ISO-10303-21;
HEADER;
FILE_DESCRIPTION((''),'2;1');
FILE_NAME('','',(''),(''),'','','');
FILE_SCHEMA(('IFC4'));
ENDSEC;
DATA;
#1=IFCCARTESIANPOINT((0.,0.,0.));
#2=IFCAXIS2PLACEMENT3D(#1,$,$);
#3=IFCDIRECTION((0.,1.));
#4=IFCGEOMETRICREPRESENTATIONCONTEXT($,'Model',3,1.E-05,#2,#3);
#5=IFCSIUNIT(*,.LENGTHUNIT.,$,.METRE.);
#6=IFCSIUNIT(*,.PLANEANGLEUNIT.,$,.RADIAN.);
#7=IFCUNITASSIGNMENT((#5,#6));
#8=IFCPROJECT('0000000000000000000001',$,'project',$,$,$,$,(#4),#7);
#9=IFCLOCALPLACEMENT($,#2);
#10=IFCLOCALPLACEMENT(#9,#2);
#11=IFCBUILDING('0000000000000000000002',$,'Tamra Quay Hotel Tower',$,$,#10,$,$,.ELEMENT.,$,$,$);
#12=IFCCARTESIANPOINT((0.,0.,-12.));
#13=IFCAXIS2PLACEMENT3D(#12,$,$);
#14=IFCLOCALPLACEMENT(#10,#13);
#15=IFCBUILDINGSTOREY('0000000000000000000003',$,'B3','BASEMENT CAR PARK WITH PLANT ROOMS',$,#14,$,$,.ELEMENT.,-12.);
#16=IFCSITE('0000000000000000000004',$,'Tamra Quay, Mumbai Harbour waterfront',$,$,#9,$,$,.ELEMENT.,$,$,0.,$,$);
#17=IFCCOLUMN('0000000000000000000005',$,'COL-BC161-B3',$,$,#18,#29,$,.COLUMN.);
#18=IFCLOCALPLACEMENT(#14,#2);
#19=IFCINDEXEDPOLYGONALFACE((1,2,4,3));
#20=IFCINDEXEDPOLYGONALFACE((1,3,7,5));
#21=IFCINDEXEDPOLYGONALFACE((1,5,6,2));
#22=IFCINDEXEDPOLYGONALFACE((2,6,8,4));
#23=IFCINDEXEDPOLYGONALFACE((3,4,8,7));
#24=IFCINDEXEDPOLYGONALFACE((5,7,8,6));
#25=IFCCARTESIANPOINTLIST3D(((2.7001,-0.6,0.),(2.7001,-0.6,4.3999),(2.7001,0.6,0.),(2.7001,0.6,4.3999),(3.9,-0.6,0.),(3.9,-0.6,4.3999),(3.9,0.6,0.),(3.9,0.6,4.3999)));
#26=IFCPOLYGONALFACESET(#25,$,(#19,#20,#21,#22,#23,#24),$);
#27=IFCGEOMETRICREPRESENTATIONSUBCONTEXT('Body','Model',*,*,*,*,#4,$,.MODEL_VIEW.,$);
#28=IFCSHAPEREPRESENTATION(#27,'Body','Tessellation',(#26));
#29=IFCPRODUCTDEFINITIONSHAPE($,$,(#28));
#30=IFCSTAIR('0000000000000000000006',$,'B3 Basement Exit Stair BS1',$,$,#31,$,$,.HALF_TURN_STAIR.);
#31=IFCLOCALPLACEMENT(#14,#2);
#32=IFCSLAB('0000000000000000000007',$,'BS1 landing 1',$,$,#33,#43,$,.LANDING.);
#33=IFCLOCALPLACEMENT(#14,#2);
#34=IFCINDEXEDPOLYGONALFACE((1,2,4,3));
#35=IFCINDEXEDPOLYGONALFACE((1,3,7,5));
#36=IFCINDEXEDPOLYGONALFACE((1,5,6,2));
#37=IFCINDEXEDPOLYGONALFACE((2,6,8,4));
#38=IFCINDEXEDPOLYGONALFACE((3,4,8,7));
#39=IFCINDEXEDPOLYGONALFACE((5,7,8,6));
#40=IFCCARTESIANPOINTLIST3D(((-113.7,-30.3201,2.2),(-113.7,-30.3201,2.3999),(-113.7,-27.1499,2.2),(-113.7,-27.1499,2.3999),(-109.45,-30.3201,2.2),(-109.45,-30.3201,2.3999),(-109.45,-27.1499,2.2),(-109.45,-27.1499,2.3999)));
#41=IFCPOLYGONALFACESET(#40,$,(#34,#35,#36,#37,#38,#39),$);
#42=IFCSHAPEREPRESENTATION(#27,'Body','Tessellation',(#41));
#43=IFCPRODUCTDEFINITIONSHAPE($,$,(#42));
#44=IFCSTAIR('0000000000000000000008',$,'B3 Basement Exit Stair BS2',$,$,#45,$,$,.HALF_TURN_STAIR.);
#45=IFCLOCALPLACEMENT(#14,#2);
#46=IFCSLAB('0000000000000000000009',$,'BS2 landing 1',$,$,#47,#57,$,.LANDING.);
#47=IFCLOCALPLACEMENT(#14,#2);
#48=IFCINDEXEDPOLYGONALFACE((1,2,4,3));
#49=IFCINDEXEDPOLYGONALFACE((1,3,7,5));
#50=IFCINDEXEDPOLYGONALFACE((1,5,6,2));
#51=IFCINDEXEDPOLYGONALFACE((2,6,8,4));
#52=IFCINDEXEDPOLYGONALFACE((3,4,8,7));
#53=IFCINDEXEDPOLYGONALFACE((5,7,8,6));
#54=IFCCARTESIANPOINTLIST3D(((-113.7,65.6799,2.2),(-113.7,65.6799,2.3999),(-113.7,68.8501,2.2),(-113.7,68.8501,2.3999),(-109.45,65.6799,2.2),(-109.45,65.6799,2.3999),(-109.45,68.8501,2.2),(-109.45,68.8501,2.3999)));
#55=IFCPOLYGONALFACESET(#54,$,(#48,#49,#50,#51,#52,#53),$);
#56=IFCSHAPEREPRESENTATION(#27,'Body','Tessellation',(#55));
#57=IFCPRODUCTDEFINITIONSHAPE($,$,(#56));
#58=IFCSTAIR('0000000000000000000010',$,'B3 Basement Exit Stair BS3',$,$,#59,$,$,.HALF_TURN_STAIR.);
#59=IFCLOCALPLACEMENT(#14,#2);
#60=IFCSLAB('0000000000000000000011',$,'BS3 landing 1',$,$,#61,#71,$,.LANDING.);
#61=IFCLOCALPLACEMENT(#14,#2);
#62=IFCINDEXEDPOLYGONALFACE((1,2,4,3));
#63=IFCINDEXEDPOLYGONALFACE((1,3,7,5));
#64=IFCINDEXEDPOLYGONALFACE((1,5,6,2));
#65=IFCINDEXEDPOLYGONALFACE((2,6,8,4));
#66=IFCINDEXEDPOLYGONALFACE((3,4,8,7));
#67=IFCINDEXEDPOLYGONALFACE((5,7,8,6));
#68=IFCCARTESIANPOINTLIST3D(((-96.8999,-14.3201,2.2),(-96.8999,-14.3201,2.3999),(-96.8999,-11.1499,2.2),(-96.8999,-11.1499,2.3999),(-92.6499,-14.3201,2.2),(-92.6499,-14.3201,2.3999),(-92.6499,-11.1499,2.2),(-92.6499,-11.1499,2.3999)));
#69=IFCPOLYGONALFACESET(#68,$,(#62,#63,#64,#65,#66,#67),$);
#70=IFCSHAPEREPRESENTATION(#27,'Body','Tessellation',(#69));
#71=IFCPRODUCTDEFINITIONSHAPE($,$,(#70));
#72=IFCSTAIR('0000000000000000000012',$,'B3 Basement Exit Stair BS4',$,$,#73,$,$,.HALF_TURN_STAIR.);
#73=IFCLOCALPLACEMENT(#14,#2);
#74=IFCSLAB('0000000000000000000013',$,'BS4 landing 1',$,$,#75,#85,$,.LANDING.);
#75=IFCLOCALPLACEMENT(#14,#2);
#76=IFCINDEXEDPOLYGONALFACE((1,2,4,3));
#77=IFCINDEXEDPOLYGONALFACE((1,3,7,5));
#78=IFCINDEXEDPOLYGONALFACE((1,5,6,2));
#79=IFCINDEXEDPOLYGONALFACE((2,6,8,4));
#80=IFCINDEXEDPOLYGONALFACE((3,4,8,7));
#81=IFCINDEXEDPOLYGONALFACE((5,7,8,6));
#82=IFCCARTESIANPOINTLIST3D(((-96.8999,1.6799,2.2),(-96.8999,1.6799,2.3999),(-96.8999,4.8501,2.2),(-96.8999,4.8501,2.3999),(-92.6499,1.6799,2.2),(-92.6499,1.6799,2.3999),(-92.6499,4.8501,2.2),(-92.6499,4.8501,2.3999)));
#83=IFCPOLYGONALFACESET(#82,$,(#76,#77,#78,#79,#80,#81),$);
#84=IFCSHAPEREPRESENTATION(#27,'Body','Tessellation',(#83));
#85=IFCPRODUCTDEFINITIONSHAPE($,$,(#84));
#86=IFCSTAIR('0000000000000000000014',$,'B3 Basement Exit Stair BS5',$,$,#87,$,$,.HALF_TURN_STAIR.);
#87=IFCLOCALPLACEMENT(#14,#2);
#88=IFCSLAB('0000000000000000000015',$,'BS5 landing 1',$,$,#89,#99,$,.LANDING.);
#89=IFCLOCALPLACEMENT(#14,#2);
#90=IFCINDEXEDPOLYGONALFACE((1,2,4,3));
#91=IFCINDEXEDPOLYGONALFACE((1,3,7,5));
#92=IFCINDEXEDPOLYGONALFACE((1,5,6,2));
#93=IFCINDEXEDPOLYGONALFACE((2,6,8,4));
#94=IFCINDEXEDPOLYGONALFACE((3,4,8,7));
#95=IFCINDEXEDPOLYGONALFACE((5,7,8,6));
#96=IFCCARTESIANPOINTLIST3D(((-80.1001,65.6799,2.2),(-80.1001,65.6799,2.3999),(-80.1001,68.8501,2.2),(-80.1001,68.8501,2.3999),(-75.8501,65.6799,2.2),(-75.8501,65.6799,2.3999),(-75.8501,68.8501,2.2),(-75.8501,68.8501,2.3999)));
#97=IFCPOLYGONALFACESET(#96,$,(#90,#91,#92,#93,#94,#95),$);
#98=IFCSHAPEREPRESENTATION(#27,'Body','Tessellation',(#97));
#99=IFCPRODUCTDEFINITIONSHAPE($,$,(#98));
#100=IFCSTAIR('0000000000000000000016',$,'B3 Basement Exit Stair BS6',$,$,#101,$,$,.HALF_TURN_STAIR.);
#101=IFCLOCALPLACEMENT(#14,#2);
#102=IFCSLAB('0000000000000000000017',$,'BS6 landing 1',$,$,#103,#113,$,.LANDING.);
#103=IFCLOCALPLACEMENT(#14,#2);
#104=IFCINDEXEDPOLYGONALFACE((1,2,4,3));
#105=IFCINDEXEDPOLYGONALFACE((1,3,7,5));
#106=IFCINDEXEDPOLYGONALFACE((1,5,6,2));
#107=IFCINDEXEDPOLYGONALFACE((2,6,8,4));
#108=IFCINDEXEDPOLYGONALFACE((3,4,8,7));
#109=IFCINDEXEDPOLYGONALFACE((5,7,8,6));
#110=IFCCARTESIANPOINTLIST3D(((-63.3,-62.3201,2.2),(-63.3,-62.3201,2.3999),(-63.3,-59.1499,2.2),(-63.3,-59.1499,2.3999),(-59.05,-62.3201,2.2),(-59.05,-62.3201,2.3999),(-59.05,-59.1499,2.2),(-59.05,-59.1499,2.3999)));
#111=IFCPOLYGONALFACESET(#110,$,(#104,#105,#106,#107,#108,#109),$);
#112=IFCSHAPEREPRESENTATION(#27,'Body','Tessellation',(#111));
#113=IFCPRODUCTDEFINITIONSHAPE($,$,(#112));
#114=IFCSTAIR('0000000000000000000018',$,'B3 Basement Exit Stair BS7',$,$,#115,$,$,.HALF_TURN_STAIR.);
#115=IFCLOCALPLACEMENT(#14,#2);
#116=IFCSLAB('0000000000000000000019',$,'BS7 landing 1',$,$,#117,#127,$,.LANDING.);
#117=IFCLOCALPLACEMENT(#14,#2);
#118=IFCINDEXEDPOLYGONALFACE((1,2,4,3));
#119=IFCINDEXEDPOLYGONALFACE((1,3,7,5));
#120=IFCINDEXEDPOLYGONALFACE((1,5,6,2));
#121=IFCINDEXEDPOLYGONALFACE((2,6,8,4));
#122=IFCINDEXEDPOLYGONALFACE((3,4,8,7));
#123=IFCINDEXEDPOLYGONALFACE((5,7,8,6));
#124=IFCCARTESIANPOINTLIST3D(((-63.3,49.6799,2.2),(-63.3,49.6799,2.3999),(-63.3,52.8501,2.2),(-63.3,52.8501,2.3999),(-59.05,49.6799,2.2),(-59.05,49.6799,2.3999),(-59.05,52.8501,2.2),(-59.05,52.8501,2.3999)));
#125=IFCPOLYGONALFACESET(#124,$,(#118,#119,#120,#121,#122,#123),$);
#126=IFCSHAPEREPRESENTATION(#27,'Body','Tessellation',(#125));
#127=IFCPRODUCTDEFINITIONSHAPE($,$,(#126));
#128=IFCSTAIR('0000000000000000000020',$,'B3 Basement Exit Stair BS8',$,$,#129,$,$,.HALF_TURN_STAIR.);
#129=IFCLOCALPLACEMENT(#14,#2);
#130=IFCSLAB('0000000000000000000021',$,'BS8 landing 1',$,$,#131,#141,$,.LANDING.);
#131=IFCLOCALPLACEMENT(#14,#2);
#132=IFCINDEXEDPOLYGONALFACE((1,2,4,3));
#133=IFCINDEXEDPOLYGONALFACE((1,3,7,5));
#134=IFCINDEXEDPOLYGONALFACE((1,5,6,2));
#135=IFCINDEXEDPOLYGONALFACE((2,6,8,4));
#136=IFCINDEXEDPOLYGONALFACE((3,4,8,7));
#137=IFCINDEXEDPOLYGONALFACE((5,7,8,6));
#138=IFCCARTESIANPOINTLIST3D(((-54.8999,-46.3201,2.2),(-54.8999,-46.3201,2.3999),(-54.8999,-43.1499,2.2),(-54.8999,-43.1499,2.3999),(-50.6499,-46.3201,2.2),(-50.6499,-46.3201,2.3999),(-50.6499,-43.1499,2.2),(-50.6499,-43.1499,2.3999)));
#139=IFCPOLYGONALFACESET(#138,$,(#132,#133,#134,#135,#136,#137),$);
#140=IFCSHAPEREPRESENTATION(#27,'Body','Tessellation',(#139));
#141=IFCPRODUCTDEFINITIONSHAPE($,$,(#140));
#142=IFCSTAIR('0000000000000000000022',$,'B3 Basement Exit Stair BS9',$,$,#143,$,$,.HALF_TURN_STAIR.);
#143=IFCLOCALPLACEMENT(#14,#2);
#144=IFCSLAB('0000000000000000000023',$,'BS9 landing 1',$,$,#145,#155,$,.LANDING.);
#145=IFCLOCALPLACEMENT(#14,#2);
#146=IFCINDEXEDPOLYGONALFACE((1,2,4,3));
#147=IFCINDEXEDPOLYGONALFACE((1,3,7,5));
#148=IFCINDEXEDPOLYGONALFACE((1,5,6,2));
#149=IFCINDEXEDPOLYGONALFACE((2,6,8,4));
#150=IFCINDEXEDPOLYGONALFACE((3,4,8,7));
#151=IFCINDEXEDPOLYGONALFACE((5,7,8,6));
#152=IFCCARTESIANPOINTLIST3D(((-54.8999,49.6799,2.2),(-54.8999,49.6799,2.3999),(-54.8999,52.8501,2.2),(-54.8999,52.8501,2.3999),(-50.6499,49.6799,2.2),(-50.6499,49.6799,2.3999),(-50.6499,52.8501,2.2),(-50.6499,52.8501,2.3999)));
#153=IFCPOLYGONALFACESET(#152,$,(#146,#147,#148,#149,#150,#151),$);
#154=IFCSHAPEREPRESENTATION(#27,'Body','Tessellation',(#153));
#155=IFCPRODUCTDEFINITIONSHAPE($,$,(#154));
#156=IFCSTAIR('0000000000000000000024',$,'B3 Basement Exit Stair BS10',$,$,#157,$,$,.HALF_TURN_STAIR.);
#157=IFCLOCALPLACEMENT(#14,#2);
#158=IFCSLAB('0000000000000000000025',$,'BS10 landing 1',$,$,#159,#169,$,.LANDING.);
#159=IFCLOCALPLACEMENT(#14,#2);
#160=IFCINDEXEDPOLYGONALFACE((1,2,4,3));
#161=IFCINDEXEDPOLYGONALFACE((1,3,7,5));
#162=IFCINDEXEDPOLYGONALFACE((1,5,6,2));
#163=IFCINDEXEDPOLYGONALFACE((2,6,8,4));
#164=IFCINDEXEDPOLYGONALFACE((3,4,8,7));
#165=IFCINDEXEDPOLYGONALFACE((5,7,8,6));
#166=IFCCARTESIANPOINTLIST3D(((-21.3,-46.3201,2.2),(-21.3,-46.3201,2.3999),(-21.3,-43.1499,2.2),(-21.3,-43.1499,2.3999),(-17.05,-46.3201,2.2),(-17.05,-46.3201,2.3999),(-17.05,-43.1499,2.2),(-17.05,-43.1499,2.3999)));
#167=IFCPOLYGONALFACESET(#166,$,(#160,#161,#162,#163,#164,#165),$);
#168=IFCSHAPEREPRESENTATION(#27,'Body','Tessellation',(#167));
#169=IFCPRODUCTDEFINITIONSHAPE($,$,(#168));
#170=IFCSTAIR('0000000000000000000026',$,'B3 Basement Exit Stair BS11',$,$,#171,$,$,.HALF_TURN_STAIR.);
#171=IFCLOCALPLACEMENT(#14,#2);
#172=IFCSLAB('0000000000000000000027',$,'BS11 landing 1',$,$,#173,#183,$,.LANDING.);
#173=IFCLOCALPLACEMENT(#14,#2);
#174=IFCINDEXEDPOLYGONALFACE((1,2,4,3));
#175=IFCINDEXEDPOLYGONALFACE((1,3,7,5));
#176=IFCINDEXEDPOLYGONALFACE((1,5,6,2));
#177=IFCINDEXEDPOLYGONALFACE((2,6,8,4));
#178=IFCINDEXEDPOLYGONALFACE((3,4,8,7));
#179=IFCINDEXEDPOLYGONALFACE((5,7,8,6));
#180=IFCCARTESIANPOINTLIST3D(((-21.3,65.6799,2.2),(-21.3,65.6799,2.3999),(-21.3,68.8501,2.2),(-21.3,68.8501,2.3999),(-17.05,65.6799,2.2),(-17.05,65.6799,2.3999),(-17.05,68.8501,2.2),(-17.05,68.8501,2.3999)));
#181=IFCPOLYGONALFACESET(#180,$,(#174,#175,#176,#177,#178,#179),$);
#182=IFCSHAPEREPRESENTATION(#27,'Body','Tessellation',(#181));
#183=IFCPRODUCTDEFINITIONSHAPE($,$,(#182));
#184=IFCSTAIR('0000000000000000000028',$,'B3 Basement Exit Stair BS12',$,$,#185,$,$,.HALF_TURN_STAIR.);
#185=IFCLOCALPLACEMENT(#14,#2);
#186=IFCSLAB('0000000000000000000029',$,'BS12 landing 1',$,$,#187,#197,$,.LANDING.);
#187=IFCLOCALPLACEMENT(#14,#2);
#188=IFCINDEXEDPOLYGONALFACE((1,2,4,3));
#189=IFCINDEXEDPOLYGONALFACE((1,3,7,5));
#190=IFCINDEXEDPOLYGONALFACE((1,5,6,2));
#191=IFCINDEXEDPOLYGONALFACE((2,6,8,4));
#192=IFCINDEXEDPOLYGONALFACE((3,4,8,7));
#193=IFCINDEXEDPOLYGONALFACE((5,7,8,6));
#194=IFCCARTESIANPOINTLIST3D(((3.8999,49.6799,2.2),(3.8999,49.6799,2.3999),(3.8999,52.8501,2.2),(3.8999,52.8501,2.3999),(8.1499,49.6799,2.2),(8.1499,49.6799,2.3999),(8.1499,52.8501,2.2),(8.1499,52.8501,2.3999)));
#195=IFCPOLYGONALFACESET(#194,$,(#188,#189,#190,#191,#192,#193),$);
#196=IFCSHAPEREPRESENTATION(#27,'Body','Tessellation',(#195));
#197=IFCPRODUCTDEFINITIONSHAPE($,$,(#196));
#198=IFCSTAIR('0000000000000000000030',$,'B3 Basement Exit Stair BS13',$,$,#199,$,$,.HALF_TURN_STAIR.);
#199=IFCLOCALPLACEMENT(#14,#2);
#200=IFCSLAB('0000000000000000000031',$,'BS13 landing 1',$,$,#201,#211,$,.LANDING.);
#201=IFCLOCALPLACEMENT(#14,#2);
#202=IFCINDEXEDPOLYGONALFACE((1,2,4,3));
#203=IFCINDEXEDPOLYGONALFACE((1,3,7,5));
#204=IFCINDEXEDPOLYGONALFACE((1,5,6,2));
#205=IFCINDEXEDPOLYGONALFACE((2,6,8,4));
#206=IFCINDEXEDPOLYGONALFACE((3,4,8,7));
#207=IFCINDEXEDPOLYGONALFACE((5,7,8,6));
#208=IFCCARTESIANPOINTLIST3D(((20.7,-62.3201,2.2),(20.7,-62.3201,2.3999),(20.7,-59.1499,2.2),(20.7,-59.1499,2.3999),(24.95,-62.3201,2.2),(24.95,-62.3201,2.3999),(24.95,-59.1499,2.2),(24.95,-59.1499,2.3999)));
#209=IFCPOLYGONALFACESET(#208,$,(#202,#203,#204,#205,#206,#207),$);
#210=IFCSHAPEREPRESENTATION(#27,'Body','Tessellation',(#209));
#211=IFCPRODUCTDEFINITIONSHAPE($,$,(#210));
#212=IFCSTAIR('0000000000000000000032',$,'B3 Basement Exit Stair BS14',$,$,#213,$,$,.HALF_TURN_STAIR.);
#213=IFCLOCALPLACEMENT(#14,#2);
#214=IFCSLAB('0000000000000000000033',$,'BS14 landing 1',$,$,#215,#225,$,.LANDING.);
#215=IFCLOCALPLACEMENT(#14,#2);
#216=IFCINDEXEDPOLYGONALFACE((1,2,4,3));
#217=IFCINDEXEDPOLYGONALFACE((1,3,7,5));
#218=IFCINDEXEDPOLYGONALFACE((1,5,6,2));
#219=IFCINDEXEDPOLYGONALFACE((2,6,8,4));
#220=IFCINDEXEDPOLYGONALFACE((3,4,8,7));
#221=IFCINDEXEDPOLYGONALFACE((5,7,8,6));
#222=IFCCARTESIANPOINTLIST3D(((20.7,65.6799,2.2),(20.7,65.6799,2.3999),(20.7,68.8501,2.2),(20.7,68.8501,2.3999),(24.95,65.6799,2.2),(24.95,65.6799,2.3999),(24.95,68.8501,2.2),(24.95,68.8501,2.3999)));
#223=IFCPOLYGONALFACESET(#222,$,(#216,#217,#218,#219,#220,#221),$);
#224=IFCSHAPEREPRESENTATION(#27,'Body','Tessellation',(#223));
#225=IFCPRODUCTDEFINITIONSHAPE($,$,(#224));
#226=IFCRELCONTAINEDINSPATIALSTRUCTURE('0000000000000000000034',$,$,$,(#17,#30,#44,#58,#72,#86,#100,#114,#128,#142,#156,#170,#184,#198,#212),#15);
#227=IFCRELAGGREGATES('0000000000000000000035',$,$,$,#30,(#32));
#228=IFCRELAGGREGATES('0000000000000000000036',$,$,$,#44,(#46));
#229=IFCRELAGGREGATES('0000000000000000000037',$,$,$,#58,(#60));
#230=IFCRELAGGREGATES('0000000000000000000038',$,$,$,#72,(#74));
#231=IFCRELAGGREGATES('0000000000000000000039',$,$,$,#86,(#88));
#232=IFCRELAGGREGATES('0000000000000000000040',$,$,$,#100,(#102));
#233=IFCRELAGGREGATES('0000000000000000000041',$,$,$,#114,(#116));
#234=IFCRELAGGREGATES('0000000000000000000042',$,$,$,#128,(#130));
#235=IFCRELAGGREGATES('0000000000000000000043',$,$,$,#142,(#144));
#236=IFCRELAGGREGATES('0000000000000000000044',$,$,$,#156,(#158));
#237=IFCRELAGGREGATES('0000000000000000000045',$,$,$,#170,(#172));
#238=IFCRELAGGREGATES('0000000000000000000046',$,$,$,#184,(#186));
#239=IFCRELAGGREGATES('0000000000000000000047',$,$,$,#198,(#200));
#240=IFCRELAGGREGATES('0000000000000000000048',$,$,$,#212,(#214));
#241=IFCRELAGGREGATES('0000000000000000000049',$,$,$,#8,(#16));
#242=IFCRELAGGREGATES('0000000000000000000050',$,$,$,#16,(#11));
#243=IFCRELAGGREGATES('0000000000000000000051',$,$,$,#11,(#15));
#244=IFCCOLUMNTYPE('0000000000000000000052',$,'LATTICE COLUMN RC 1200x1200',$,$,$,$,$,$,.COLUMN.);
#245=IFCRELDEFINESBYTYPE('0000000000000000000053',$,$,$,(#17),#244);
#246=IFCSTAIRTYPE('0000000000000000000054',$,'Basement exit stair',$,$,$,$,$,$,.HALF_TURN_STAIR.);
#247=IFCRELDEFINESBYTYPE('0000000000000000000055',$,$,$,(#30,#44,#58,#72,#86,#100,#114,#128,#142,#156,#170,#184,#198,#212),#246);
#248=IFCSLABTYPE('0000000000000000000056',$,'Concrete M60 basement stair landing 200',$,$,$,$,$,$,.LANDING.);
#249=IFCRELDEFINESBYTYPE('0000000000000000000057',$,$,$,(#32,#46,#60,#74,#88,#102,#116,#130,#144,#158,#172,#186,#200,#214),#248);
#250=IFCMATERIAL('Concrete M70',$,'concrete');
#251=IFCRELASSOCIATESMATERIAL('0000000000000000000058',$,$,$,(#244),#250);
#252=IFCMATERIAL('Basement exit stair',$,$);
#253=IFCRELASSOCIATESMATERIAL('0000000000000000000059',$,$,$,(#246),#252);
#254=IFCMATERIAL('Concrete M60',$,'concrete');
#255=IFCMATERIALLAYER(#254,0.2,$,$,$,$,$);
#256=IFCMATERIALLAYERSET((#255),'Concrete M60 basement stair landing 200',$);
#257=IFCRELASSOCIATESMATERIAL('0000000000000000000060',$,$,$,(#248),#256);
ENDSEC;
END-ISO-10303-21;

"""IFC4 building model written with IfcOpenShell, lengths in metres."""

from ifc_helpers import new_model, si_unit, direction, frame, origin, origin_2d, place, context, subcontext, project, spatial, polyline, rectangle, outline, extrude, material, layer, layer_set, material_profile, profile_set, type_object, element, aggregate, save


model = new_model("IFC4")

# Units and contexts
model_context = context("Model", 3, precision=1e-05, world=origin(), true_north=direction((0.0, 1.0)))
body_context = subcontext(model_context, "Body", "Model", "MODEL_VIEW")
ifc_project = project(units=[si_unit("LENGTHUNIT", "METRE"), si_unit("PLANEANGLEUNIT", "RADIAN")], contexts=[model_context])

# Site, building, storey
site_placement = place(None, origin())
site = spatial("IfcSite", under=ifc_project, at=site_placement, Name="Tamra Quay, Mumbai Harbour waterfront", CompositionType="ELEMENT", RefElevation=0.0)
building_placement = place(site_placement, origin())
building = spatial("IfcBuilding", under=site, at=building_placement, Name="Tamra Quay Hotel Tower", CompositionType="ELEMENT")
storey_placement = place(building_placement, frame((0.0, 0.0, -12.0)))
storey = spatial("IfcBuildingStorey", under=building, at=storey_placement, Name="B3", Description="BASEMENT CAR PARK WITH PLANT ROOMS", CompositionType="ELEMENT", Elevation=-12.0)

# Column
ifc_material_1 = material(Name="Concrete M70", Category="concrete")
ifc_material_profile = material_profile(ifc_material_1, rectangle(XDim=1.2, YDim=1.2, at=origin_2d()), Name="LATTICE COLUMN RC 1200x1200")
ifc_profile_set = profile_set([ifc_material_profile], Name="Concrete M70")
column_type = type_object("IfcColumnType", Name="LATTICE COLUMN RC 1200x1200", PredefinedType="COLUMN", material=ifc_profile_set)
column_placement = place(storey_placement, frame((3.3, 0.0, 0.0), z_axis=(0.0, 0.0, 1.0), x_axis=(1.0, 0.0, 0.0)))
element("IfcColumn", 1, at=column_placement, inside=storey, type_object=column_type, Name="COL-BC161-B3", PredefinedType="COLUMN", context=body_context, shape_type="SweptSolid", body=[
    extrude(rectangle(XDim=1.2, YDim=1.2, at=origin_2d()), origin(), (0.0, 0.0, 1.0), 4.3999),
])

# Shared definitions
ifc_material_2 = material(Name="Concrete M60", Category="concrete")

# Stairs, slabs
ifc_material_3 = material(Name="Basement exit stair")
stair_type_1 = type_object("IfcStairType", Name="Basement exit stair", PredefinedType="HALF_TURN_STAIR", material=ifc_material_3)
stair_1_placement = place(storey_placement, origin())
stair_1 = element("IfcStair", 2, at=stair_1_placement, inside=storey, type_object=stair_type_1, Name="B3 Basement Exit Stair BS1", PredefinedType="HALF_TURN_STAIR")
ifc_layer_1 = layer(ifc_material_2, 0.2)
ifc_layer_set_1 = layer_set([ifc_layer_1], Name="Concrete M60 basement stair landing 200")
slab_type_1 = type_object("IfcSlabType", Name="Concrete M60 basement stair landing 200", PredefinedType="LANDING", material=ifc_layer_set_1)
slab_1_placement = place(storey_placement, frame((0.0, 0.0, 2.2)))
slab_1 = element("IfcSlab", 3, at=slab_1_placement, type_object=slab_type_1, Name="BS1 landing 1", PredefinedType="LANDING", context=body_context, shape_type="SweptSolid", body=[
    extrude(outline(polyline([(-109.45, -30.3201), (-109.45, -27.1499), (-113.7, -27.1499), (-113.7, -30.3201), (-109.45, -30.3201)])), origin(), (0.0, 0.0, 1.0), 0.2),
])
aggregate(stair_1, [slab_1])
stair_2_placement = place(storey_placement, origin())
stair_2 = element("IfcStair", 4, at=stair_2_placement, inside=storey, type_object=stair_type_1, Name="B3 Basement Exit Stair BS2", PredefinedType="HALF_TURN_STAIR")
slab_2_placement = place(storey_placement, frame((0.0, 0.0, 2.2)))
slab_2 = element("IfcSlab", 5, at=slab_2_placement, type_object=slab_type_1, Name="BS2 landing 1", PredefinedType="LANDING", context=body_context, shape_type="SweptSolid", body=[
    extrude(outline(polyline([(-109.45, 65.6799), (-109.45, 68.8501), (-113.7, 68.8501), (-113.7, 65.6799), (-109.45, 65.6799)])), origin(), (0.0, 0.0, 1.0), 0.2),
])
aggregate(stair_2, [slab_2])
stair_3_placement = place(storey_placement, origin())
stair_3 = element("IfcStair", 6, at=stair_3_placement, inside=storey, type_object=stair_type_1, Name="B3 Basement Exit Stair BS3", PredefinedType="HALF_TURN_STAIR")
slab_3_placement = place(storey_placement, frame((0.0, 0.0, 2.2)))
slab_3 = element("IfcSlab", 7, at=slab_3_placement, type_object=slab_type_1, Name="BS3 landing 1", PredefinedType="LANDING", context=body_context, shape_type="SweptSolid", body=[
    extrude(outline(polyline([(-92.6499, -14.3201), (-92.6499, -11.1499), (-96.8999, -11.1499), (-96.8999, -14.3201), (-92.6499, -14.3201)])), origin(), (0.0, 0.0, 1.0), 0.2),
])
aggregate(stair_3, [slab_3])
stair_4_placement = place(storey_placement, origin())
stair_4 = element("IfcStair", 8, at=stair_4_placement, inside=storey, type_object=stair_type_1, Name="B3 Basement Exit Stair BS4", PredefinedType="HALF_TURN_STAIR")
slab_4_placement = place(storey_placement, frame((0.0, 0.0, 2.2)))
slab_4 = element("IfcSlab", 9, at=slab_4_placement, type_object=slab_type_1, Name="BS4 landing 1", PredefinedType="LANDING", context=body_context, shape_type="SweptSolid", body=[
    extrude(outline(polyline([(-92.6499, 1.6799), (-92.6499, 4.8501), (-96.8999, 4.8501), (-96.8999, 1.6799), (-92.6499, 1.6799)])), origin(), (0.0, 0.0, 1.0), 0.2),
])
aggregate(stair_4, [slab_4])
stair_5_placement = place(storey_placement, origin())
stair_5 = element("IfcStair", 10, at=stair_5_placement, inside=storey, type_object=stair_type_1, Name="B3 Basement Exit Stair BS5", PredefinedType="HALF_TURN_STAIR")
slab_5_placement = place(storey_placement, frame((0.0, 0.0, 2.2)))
slab_5 = element("IfcSlab", 11, at=slab_5_placement, type_object=slab_type_1, Name="BS5 landing 1", PredefinedType="LANDING", context=body_context, shape_type="SweptSolid", body=[
    extrude(outline(polyline([(-75.8501, 65.6799), (-75.8501, 68.8501), (-80.1001, 68.8501), (-80.1001, 65.6799), (-75.8501, 65.6799)])), origin(), (0.0, 0.0, 1.0), 0.2),
])
aggregate(stair_5, [slab_5])
stair_6_placement = place(storey_placement, origin())
stair_6 = element("IfcStair", 12, at=stair_6_placement, inside=storey, type_object=stair_type_1, Name="B3 Basement Exit Stair BS6", PredefinedType="HALF_TURN_STAIR")
slab_6_placement = place(storey_placement, frame((0.0, 0.0, 2.2)))
slab_6 = element("IfcSlab", 13, at=slab_6_placement, type_object=slab_type_1, Name="BS6 landing 1", PredefinedType="LANDING", context=body_context, shape_type="SweptSolid", body=[
    extrude(outline(polyline([(-59.05, -62.3201), (-59.05, -59.1499), (-63.3, -59.1499), (-63.3, -62.3201), (-59.05, -62.3201)])), origin(), (0.0, 0.0, 1.0), 0.2),
])
aggregate(stair_6, [slab_6])
stair_7_placement = place(storey_placement, origin())
stair_7 = element("IfcStair", 14, at=stair_7_placement, inside=storey, type_object=stair_type_1, Name="B3 Basement Exit Stair BS7", PredefinedType="HALF_TURN_STAIR")
slab_7_placement = place(storey_placement, frame((0.0, 0.0, 2.2)))
slab_7 = element("IfcSlab", 15, at=slab_7_placement, type_object=slab_type_1, Name="BS7 landing 1", PredefinedType="LANDING", context=body_context, shape_type="SweptSolid", body=[
    extrude(outline(polyline([(-59.05, 49.6799), (-59.05, 52.8501), (-63.3, 52.8501), (-63.3, 49.6799), (-59.05, 49.6799)])), origin(), (0.0, 0.0, 1.0), 0.2),
])
aggregate(stair_7, [slab_7])
stair_8_placement = place(storey_placement, origin())
stair_8 = element("IfcStair", 16, at=stair_8_placement, inside=storey, type_object=stair_type_1, Name="B3 Basement Exit Stair BS8", PredefinedType="HALF_TURN_STAIR")
slab_8_placement = place(storey_placement, frame((0.0, 0.0, 2.2)))
slab_8 = element("IfcSlab", 17, at=slab_8_placement, type_object=slab_type_1, Name="BS8 landing 1", PredefinedType="LANDING", context=body_context, shape_type="SweptSolid", body=[
    extrude(outline(polyline([(-50.6499, -46.3201), (-50.6499, -43.1499), (-54.8999, -43.1499), (-54.8999, -46.3201), (-50.6499, -46.3201)])), origin(), (0.0, 0.0, 1.0), 0.2),
])
aggregate(stair_8, [slab_8])
stair_9_placement = place(storey_placement, origin())
stair_9 = element("IfcStair", 18, at=stair_9_placement, inside=storey, type_object=stair_type_1, Name="B3 Basement Exit Stair BS9", PredefinedType="HALF_TURN_STAIR")
slab_9_placement = place(storey_placement, frame((0.0, 0.0, 2.2)))
slab_9 = element("IfcSlab", 19, at=slab_9_placement, type_object=slab_type_1, Name="BS9 landing 1", PredefinedType="LANDING", context=body_context, shape_type="SweptSolid", body=[
    extrude(outline(polyline([(-50.6499, 49.6799), (-50.6499, 52.8501), (-54.8999, 52.8501), (-54.8999, 49.6799), (-50.6499, 49.6799)])), origin(), (0.0, 0.0, 1.0), 0.2),
])
aggregate(stair_9, [slab_9])
stair_10_placement = place(storey_placement, origin())
stair_10 = element("IfcStair", 20, at=stair_10_placement, inside=storey, type_object=stair_type_1, Name="B3 Basement Exit Stair BS10", PredefinedType="HALF_TURN_STAIR")
slab_10_placement = place(storey_placement, frame((0.0, 0.0, 2.2)))
slab_10 = element("IfcSlab", 21, at=slab_10_placement, type_object=slab_type_1, Name="BS10 landing 1", PredefinedType="LANDING", context=body_context, shape_type="SweptSolid", body=[
    extrude(outline(polyline([(-17.05, -46.3201), (-17.05, -43.1499), (-21.3, -43.1499), (-21.3, -46.3201), (-17.05, -46.3201)])), origin(), (0.0, 0.0, 1.0), 0.2),
])
aggregate(stair_10, [slab_10])
stair_11_placement = place(storey_placement, origin())
stair_11 = element("IfcStair", 22, at=stair_11_placement, inside=storey, type_object=stair_type_1, Name="B3 Basement Exit Stair BS11", PredefinedType="HALF_TURN_STAIR")
slab_11_placement = place(storey_placement, frame((0.0, 0.0, 2.2)))
slab_11 = element("IfcSlab", 23, at=slab_11_placement, type_object=slab_type_1, Name="BS11 landing 1", PredefinedType="LANDING", context=body_context, shape_type="SweptSolid", body=[
    extrude(outline(polyline([(-17.05, 65.6799), (-17.05, 68.8501), (-21.3, 68.8501), (-21.3, 65.6799), (-17.05, 65.6799)])), origin(), (0.0, 0.0, 1.0), 0.2),
])
aggregate(stair_11, [slab_11])
stair_12_placement = place(storey_placement, origin())
stair_12 = element("IfcStair", 24, at=stair_12_placement, inside=storey, type_object=stair_type_1, Name="B3 Basement Exit Stair BS12", PredefinedType="HALF_TURN_STAIR")
slab_12_placement = place(storey_placement, frame((0.0, 0.0, 2.2)))
slab_12 = element("IfcSlab", 25, at=slab_12_placement, type_object=slab_type_1, Name="BS12 landing 1", PredefinedType="LANDING", context=body_context, shape_type="SweptSolid", body=[
    extrude(outline(polyline([(8.1499, 49.6799), (8.1499, 52.8501), (3.8999, 52.8501), (3.8999, 49.6799), (8.1499, 49.6799)])), origin(), (0.0, 0.0, 1.0), 0.2),
])
aggregate(stair_12, [slab_12])
stair_13_placement = place(storey_placement, origin())
stair_13 = element("IfcStair", 26, at=stair_13_placement, inside=storey, type_object=stair_type_1, Name="B3 Basement Exit Stair BS13", PredefinedType="HALF_TURN_STAIR")
slab_13_placement = place(storey_placement, frame((0.0, 0.0, 2.2)))
slab_13 = element("IfcSlab", 27, at=slab_13_placement, type_object=slab_type_1, Name="BS13 landing 1", PredefinedType="LANDING", context=body_context, shape_type="SweptSolid", body=[
    extrude(outline(polyline([(24.95, -62.3201), (24.95, -59.1499), (20.7, -59.1499), (20.7, -62.3201), (24.95, -62.3201)])), origin(), (0.0, 0.0, 1.0), 0.2),
])
aggregate(stair_13, [slab_13])
stair_14_placement = place(storey_placement, origin())
stair_14 = element("IfcStair", 28, at=stair_14_placement, inside=storey, type_object=stair_type_1, Name="B3 Basement Exit Stair BS14", PredefinedType="HALF_TURN_STAIR")
slab_14_placement = place(storey_placement, frame((0.0, 0.0, 2.2)))
slab_14 = element("IfcSlab", 29, at=slab_14_placement, type_object=slab_type_1, Name="BS14 landing 1", PredefinedType="LANDING", context=body_context, shape_type="SweptSolid", body=[
    extrude(outline(polyline([(24.95, 65.6799), (24.95, 68.8501), (20.7, 68.8501), (20.7, 65.6799), (24.95, 65.6799)])), origin(), (0.0, 0.0, 1.0), 0.2),
])
aggregate(stair_14, [slab_14])

save(model, "model.ifc")
